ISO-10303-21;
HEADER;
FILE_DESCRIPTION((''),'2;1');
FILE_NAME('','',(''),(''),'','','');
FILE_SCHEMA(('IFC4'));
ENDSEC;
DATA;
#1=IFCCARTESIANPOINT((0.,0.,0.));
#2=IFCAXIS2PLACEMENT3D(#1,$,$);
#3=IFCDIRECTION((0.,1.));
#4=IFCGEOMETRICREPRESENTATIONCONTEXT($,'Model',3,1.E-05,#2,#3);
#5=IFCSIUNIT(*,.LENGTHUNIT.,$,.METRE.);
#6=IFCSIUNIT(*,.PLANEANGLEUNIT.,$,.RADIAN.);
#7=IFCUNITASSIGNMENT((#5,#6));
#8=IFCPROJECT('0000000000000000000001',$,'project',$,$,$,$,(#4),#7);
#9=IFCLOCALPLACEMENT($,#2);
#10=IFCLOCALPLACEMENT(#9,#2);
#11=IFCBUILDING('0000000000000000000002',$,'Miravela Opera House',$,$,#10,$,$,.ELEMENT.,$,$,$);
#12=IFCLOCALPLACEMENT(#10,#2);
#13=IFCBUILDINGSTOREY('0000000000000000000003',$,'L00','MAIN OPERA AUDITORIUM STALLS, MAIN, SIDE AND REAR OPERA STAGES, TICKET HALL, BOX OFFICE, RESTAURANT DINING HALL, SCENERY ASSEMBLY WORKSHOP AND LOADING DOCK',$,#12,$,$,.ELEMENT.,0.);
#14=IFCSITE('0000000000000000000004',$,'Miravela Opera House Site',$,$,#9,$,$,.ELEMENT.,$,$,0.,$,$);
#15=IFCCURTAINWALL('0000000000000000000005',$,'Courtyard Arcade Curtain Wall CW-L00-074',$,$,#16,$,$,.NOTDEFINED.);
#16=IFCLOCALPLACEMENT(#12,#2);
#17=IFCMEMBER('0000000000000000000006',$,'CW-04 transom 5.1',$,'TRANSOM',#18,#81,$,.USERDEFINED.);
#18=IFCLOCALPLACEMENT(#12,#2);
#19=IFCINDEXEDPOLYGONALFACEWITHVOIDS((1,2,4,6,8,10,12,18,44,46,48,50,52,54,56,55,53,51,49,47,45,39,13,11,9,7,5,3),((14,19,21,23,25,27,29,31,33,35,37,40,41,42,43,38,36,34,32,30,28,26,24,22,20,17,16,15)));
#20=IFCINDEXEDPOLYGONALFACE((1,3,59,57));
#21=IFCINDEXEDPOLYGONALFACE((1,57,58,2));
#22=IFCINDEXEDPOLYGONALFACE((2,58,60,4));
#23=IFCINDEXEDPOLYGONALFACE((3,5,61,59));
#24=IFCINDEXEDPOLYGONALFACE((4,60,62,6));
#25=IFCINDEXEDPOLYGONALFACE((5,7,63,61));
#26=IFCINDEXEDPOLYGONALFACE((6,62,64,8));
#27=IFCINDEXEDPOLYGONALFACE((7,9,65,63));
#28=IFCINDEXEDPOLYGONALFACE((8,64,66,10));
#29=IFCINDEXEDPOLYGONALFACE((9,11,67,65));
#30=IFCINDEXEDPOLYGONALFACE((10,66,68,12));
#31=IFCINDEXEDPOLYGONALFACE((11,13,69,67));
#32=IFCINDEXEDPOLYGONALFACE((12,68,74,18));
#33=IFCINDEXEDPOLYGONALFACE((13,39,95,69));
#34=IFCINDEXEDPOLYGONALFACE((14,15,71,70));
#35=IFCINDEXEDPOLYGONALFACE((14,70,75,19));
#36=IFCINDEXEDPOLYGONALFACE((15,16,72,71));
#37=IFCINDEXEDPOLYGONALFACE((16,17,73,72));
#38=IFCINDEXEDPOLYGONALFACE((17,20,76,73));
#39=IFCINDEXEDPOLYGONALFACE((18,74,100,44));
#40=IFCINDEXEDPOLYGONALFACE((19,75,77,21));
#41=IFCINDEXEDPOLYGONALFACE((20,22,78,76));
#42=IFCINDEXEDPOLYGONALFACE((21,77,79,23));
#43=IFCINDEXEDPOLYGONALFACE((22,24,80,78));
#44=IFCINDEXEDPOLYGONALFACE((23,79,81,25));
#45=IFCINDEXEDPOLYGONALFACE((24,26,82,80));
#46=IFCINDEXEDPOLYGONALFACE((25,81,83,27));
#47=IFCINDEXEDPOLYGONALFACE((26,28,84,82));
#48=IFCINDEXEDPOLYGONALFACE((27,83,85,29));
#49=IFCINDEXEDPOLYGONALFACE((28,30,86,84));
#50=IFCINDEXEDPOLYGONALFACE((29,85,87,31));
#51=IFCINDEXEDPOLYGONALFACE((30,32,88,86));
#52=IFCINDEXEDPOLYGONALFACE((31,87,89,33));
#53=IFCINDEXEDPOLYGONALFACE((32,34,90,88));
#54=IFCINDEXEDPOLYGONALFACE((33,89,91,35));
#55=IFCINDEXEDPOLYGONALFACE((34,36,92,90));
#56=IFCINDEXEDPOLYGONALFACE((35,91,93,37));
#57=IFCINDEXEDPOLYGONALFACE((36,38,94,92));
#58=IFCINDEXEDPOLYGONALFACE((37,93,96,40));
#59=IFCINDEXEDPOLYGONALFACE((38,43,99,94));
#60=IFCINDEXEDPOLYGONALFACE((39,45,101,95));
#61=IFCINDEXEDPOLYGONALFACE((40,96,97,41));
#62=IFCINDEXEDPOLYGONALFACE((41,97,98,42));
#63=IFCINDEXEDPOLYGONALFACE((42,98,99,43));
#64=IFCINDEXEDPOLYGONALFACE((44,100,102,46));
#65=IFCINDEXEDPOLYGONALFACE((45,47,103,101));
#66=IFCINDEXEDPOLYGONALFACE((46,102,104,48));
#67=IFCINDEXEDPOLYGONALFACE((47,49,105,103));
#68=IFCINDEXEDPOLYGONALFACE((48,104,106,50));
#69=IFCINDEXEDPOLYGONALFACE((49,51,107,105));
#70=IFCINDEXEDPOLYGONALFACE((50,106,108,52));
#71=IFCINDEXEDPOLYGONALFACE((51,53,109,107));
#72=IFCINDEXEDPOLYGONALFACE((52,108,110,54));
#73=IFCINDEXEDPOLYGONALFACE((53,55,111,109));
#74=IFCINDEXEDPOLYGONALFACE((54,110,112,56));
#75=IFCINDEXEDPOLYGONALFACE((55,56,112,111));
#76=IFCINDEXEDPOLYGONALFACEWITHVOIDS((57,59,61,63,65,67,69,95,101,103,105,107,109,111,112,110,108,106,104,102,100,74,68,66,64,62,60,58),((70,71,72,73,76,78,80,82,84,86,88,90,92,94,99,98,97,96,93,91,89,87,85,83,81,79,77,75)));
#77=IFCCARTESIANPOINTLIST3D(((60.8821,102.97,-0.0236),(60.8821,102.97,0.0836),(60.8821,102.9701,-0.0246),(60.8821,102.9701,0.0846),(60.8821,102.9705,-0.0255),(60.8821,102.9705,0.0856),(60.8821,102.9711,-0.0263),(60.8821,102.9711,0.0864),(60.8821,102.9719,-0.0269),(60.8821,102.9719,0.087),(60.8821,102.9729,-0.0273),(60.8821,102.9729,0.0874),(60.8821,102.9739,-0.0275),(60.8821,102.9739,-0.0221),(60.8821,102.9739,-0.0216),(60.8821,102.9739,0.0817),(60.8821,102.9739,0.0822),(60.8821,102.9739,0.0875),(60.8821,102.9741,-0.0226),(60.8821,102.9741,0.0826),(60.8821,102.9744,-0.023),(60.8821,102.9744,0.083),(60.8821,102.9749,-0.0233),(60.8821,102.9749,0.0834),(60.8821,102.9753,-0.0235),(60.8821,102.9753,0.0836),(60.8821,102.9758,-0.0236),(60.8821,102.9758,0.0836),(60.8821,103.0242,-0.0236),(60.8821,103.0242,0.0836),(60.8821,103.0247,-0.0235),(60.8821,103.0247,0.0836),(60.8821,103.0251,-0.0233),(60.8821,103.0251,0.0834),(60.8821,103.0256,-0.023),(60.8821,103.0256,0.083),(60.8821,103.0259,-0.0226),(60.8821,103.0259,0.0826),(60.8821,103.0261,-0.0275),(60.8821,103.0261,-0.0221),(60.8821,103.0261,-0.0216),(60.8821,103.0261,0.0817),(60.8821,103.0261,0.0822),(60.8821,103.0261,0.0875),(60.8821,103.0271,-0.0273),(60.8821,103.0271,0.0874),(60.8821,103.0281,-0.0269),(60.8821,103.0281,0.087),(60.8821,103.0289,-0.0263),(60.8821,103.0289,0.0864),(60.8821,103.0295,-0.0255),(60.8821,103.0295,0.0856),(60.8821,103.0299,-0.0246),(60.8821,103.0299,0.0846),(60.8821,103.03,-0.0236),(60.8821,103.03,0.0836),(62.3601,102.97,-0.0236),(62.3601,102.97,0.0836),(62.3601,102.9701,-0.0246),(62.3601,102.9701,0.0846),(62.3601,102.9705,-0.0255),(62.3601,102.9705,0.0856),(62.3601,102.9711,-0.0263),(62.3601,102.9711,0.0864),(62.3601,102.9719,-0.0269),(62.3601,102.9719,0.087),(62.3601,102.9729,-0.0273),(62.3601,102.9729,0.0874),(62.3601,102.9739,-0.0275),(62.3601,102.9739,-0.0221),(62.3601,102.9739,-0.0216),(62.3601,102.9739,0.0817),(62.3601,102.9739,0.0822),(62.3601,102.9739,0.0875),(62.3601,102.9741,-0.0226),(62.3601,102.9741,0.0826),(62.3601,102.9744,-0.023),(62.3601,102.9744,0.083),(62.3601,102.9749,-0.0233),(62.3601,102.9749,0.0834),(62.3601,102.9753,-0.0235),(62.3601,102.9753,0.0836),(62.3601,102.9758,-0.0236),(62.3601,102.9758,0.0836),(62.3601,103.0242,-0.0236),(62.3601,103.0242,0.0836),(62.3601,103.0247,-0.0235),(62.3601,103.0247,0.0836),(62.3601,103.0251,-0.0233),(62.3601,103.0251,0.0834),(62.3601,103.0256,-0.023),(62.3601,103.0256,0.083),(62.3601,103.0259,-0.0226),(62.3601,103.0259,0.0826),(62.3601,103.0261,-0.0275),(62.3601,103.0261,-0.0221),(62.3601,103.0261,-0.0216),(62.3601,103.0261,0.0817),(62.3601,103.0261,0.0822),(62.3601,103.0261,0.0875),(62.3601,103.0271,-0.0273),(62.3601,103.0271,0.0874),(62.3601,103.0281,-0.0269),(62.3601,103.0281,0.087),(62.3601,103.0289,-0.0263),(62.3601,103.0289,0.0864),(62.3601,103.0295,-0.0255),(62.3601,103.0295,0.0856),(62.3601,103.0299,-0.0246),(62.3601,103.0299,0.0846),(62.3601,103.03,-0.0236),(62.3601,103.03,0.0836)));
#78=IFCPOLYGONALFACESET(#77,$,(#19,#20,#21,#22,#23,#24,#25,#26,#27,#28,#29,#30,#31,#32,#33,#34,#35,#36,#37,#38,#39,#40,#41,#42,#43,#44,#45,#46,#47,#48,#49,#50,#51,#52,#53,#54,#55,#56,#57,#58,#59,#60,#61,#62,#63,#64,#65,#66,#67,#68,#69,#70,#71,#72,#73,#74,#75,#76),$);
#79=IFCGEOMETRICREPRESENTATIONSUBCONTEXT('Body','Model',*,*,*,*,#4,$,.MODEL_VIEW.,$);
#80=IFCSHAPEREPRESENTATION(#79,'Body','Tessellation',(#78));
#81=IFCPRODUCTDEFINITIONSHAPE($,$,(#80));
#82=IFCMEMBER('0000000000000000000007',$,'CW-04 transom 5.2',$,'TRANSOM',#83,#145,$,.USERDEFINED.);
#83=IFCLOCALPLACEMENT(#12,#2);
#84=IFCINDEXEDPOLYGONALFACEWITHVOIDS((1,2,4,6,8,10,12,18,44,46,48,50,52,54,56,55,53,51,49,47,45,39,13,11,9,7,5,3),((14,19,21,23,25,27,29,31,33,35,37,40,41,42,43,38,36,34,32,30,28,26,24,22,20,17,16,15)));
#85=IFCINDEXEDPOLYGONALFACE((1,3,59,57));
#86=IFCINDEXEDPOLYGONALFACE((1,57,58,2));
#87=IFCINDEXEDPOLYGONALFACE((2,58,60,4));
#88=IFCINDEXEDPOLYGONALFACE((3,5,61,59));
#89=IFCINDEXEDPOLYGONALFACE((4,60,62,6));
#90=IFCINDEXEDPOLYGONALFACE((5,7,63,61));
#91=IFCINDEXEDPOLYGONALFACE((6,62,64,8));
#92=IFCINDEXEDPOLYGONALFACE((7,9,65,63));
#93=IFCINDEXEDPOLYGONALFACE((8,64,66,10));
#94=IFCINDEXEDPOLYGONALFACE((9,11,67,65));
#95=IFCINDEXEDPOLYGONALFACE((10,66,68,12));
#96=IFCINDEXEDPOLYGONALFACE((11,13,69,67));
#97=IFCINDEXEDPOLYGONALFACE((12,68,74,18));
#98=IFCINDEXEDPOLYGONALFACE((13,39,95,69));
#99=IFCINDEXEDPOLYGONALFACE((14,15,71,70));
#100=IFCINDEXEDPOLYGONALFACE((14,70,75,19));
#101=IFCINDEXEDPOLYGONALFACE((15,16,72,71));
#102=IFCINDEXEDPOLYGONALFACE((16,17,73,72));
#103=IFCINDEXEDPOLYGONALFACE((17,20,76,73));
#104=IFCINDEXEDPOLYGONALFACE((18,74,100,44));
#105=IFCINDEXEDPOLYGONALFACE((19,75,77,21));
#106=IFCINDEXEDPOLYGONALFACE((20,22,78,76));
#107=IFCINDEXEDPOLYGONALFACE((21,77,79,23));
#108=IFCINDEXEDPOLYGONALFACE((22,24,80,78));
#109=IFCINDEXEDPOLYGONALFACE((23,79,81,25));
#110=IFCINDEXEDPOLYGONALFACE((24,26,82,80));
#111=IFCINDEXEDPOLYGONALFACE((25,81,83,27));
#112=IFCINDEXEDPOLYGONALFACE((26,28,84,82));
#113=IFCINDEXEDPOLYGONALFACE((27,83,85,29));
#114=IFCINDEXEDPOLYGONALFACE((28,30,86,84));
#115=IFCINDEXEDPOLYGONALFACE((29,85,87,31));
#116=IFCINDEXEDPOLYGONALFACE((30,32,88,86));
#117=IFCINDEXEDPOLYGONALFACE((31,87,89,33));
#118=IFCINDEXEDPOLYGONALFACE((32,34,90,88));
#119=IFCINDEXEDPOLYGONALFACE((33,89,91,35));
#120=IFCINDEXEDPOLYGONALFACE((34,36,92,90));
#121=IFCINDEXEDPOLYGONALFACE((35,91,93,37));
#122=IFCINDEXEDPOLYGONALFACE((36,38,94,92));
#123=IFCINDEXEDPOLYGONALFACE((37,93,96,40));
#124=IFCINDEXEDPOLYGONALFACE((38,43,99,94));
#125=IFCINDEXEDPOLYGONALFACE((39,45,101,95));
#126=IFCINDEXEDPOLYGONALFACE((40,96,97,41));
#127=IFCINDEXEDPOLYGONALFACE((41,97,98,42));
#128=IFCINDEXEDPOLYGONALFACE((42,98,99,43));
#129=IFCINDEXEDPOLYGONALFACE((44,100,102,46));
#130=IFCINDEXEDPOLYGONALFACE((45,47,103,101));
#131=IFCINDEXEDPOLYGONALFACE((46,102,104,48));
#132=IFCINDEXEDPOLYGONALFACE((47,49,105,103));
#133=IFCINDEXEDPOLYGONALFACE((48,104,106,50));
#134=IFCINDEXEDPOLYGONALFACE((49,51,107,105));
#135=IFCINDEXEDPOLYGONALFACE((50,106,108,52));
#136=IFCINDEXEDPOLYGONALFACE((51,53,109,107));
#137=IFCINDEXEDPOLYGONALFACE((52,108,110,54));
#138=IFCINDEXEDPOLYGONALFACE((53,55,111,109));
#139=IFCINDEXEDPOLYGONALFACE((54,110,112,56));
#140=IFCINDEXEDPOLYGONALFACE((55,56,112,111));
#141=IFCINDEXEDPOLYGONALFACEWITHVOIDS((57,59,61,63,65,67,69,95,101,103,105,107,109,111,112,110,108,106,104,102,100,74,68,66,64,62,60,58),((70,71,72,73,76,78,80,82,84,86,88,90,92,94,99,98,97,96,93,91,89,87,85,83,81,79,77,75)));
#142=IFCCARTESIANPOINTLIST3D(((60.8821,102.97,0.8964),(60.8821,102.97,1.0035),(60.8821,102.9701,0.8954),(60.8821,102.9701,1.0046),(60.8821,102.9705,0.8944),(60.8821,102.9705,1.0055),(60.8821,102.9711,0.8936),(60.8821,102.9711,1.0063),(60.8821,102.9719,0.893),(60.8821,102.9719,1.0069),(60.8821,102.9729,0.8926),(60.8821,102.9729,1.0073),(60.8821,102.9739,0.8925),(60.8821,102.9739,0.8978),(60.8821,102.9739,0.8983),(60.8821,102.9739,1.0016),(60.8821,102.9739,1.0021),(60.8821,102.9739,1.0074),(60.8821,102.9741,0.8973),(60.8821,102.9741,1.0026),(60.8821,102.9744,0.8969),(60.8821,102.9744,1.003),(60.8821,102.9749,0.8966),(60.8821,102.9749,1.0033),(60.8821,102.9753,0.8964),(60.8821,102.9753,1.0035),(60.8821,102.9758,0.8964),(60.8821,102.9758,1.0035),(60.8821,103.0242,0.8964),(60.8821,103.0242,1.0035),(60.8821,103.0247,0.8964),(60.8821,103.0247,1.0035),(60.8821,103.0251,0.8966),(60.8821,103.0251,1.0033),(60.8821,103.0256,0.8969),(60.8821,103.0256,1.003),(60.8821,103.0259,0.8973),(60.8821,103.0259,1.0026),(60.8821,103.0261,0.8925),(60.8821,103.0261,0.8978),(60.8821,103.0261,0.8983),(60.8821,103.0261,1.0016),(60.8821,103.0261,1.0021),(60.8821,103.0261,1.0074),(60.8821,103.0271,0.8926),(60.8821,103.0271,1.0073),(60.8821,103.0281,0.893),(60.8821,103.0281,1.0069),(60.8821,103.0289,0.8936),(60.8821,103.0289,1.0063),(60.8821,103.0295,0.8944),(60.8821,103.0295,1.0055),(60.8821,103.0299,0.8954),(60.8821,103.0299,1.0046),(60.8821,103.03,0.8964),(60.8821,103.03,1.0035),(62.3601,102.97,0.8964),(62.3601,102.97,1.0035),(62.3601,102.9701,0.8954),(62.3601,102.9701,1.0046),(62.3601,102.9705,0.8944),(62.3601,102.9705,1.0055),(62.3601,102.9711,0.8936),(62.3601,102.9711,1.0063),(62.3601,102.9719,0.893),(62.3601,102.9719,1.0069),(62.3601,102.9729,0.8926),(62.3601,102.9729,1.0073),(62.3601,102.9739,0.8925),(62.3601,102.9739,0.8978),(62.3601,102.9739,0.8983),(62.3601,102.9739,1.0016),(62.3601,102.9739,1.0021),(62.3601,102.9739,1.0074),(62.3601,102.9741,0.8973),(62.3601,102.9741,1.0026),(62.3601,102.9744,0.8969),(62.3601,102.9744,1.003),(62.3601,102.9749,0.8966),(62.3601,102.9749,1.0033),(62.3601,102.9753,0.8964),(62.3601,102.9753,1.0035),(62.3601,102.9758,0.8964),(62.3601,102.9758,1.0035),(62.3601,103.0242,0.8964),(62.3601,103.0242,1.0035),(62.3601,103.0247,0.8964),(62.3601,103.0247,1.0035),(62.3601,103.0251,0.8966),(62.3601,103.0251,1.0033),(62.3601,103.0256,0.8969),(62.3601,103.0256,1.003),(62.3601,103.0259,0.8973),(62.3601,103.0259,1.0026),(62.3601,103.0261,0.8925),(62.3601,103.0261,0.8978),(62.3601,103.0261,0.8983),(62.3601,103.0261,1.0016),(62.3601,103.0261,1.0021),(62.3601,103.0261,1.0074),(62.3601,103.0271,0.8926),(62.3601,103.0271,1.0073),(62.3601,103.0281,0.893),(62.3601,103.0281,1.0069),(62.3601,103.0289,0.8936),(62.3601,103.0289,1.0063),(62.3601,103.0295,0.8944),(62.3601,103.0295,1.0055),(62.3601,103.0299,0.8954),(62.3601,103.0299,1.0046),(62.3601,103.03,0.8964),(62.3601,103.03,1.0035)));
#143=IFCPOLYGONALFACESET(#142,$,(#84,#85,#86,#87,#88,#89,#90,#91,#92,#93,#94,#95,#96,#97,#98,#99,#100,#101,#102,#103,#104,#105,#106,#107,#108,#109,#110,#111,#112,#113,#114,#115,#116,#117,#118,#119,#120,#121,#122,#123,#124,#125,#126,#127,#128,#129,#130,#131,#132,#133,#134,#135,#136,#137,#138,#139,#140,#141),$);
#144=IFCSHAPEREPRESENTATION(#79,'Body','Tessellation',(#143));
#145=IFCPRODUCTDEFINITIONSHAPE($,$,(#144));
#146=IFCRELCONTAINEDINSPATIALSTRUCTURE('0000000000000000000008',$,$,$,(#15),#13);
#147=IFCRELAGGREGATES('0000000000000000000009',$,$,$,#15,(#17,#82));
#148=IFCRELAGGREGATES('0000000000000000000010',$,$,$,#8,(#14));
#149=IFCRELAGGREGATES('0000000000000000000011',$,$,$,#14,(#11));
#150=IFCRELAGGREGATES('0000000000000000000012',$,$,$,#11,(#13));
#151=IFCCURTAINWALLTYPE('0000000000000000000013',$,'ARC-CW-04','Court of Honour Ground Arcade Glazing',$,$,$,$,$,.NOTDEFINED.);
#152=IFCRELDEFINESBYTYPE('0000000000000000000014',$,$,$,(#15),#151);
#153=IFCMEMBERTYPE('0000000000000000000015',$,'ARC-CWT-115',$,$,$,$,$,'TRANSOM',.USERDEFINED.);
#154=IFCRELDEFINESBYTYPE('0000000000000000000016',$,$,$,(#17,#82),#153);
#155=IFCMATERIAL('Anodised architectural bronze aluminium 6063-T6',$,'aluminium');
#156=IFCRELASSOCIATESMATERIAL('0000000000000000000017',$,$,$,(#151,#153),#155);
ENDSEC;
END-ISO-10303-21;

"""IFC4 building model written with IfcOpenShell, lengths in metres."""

from ifc_helpers import new_model, si_unit, direction, frame, origin, origin_2d, place, context, subcontext, project, spatial, hollow_rectangle, extrude, material, material_profile, profile_set, type_object, element, aggregate, save


model = new_model("IFC4")

# Units and contexts
model_context = context("Model", 3, precision=1e-05, world=origin(), true_north=direction((0.0, 1.0)))
body_context = subcontext(model_context, "Body", "Model", "MODEL_VIEW")
ifc_project = project(units=[si_unit("LENGTHUNIT", "METRE"), si_unit("PLANEANGLEUNIT", "RADIAN")], contexts=[model_context])

# Site, building, storey
site_placement = place(None, origin())
site = spatial("IfcSite", under=ifc_project, at=site_placement, Name="Miravela Opera House Site", CompositionType="ELEMENT", RefElevation=0.0)
building_placement = place(site_placement, origin())
building = spatial("IfcBuilding", under=site, at=building_placement, Name="Miravela Opera House", CompositionType="ELEMENT")
storey_placement = place(building_placement, origin())
storey = spatial("IfcBuildingStorey", under=building, at=storey_placement, Name="L00", Description="MAIN OPERA AUDITORIUM STALLS, MAIN, SIDE AND REAR OPERA STAGES, TICKET HALL, BOX OFFICE, RESTAURANT DINING HALL, SCENERY ASSEMBLY WORKSHOP AND LOADING DOCK", CompositionType="ELEMENT", Elevation=0.0)

# Curtain wall, members
ifc_material_1 = material(Name="Anodised architectural bronze aluminium 6063-T6", Category="aluminium")
curtain_wall_type = type_object("IfcCurtainWallType", Name="ARC-CW-04", Description="Court of Honour Ground Arcade Glazing", PredefinedType="NOTDEFINED", material=ifc_material_1)
curtain_wall_placement = place(storey_placement, origin())
curtain_wall = element("IfcCurtainWall", 1, at=curtain_wall_placement, inside=storey, type_object=curtain_wall_type, Name="Courtyard Arcade Curtain Wall CW-L00-074", PredefinedType="NOTDEFINED")
ifc_material_profile_1 = material_profile(ifc_material_1, hollow_rectangle(XDim=0.0601, YDim=0.115, WallThickness=0.0039, InnerFilletRadius=0.002, OuterFilletRadius=0.0039, at=origin_2d()), Name="CWT-60X115")
ifc_profile_set_1 = profile_set([ifc_material_profile_1])
member_type_1 = type_object("IfcMemberType", Name="ARC-CWT-115", ElementType="TRANSOM", PredefinedType="USERDEFINED", material=ifc_profile_set_1)
member_1_placement = place(storey_placement, frame((60.8821, 103.0, 0.03), z_axis=(1.0, 0.0, 0.0), x_axis=(0.0, 1.0, 0.0)))
member_1 = element("IfcMember", 2, at=member_1_placement, type_object=member_type_1, Name="CW-04 transom 5.1", ObjectType="TRANSOM", PredefinedType="USERDEFINED", context=body_context, shape_type="SweptSolid", body=[
    extrude(hollow_rectangle(XDim=0.0601, YDim=0.115, WallThickness=0.0039, InnerFilletRadius=0.002, OuterFilletRadius=0.0039, at=origin_2d()), origin(), (0.0, 0.0, 1.0), 1.478),
])
member_2_placement = place(storey_placement, frame((60.8821, 103.0, 0.95), z_axis=(1.0, 0.0, 0.0), x_axis=(0.0, 1.0, 0.0)))
member_2 = element("IfcMember", 3, at=member_2_placement, type_object=member_type_1, Name="CW-04 transom 5.2", ObjectType="TRANSOM", PredefinedType="USERDEFINED", context=body_context, shape_type="SweptSolid", body=[
    extrude(hollow_rectangle(XDim=0.0601, YDim=0.115, WallThickness=0.0039, InnerFilletRadius=0.002, OuterFilletRadius=0.0039, at=origin_2d()), origin(), (0.0, 0.0, 1.0), 1.478),
])

aggregate(curtain_wall, [member_1, member_2])

save(model, "model.ifc")
